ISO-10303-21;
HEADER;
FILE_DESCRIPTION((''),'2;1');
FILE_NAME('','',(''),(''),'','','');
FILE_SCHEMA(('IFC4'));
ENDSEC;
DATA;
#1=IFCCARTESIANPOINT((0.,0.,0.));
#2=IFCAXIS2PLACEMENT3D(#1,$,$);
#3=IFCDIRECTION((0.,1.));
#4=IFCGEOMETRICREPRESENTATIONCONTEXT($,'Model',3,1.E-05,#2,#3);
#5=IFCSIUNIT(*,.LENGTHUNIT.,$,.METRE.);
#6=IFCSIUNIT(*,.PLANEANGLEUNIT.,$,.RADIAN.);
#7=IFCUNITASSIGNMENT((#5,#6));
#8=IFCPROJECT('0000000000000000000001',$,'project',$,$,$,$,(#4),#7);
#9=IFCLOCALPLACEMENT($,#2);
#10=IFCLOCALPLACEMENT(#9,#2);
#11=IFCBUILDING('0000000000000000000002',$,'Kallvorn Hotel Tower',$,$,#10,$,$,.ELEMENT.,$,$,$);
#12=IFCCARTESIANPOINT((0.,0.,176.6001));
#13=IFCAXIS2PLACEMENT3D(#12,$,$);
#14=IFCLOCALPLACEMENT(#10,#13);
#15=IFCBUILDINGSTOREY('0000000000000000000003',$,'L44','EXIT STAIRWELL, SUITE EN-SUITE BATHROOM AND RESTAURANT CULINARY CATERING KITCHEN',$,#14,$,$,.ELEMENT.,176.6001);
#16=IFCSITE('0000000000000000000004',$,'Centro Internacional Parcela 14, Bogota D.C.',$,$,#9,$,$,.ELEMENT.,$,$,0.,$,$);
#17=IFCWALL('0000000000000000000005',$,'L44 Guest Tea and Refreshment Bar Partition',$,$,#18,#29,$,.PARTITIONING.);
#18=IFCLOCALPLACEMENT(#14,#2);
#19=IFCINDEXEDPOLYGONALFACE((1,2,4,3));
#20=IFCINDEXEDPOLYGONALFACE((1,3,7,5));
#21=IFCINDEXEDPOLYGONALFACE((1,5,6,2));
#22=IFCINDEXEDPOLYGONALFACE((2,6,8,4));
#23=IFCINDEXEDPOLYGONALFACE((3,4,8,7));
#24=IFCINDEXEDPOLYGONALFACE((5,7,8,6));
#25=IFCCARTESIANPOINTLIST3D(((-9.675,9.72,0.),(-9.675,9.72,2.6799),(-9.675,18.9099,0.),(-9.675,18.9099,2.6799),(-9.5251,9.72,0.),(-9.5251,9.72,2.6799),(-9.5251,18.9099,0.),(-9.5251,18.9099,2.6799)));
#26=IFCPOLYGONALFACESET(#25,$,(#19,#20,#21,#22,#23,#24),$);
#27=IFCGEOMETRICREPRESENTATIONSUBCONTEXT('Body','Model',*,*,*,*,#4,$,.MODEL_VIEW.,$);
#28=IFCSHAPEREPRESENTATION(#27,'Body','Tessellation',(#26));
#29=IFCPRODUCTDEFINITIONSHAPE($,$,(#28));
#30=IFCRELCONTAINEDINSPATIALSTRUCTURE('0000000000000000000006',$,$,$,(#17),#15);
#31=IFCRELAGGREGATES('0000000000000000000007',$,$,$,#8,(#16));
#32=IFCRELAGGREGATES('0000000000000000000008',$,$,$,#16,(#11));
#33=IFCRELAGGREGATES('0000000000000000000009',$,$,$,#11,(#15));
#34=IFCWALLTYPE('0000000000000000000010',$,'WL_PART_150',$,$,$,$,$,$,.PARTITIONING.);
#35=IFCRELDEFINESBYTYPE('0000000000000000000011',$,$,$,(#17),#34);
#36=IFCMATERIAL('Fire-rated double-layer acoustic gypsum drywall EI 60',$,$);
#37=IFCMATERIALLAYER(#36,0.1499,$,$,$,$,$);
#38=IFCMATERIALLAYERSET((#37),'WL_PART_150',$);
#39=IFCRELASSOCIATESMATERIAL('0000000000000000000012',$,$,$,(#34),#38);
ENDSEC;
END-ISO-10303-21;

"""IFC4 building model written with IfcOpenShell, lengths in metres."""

from ifc_helpers import new_model, si_unit, direction, frame, frame_2d, origin, place, context, subcontext, project, spatial, rectangle, extrude, material, layer, layer_set, type_object, element, save


model = new_model("IFC4")

# Units and contexts
model_context = context("Model", 3, precision=1e-05, world=origin(), true_north=direction((0.0, 1.0)))
body_context = subcontext(model_context, "Body", "Model", "MODEL_VIEW")
ifc_project = project(units=[si_unit("LENGTHUNIT", "METRE"), si_unit("PLANEANGLEUNIT", "RADIAN")], contexts=[model_context])

# Site, building, storey
site_placement = place(None, origin())
site = spatial("IfcSite", under=ifc_project, at=site_placement, Name="Centro Internacional Parcela 14, Bogota D.C.", CompositionType="ELEMENT", RefElevation=0.0)
building_placement = place(site_placement, origin())
building = spatial("IfcBuilding", under=site, at=building_placement, Name="Kallvorn Hotel Tower", CompositionType="ELEMENT")
storey_placement = place(building_placement, frame((0.0, 0.0, 176.6001)))
storey = spatial("IfcBuildingStorey", under=building, at=storey_placement, Name="L44", Description="EXIT STAIRWELL, SUITE EN-SUITE BATHROOM AND RESTAURANT CULINARY CATERING KITCHEN", CompositionType="ELEMENT", Elevation=176.6001)

# Wall
ifc_material_1 = material(Name="Fire-rated double-layer acoustic gypsum drywall EI 60")
ifc_layer_1 = layer(ifc_material_1, 0.1499)
ifc_layer_set_1 = layer_set([ifc_layer_1], Name="WL_PART_150")
wall_type_1 = type_object("IfcWallType", Name="WL_PART_150", PredefinedType="PARTITIONING", material=ifc_layer_set_1)
for number, where, z_axis, x_axis, name in (
    (1, (-9.6001, 9.72, 0.0), (0.0, 0.0, 1.0), (0.0, 1.0, 0.0), "L44 Guest Tea and Refreshment Bar Partition"),
):
    element("IfcWall", number, at=place(storey_placement, frame(where, z_axis=z_axis, x_axis=x_axis)), inside=storey, type_object=wall_type_1, Name=name, PredefinedType="PARTITIONING", context=body_context, shape_type="SweptSolid", body=[
        extrude(rectangle(XDim=9.1899, YDim=0.1499, at=frame_2d((4.595, 0.0))), origin(), (0.0, 0.0, 1.0), 2.6799),
    ])

save(model, "model.ifc")
